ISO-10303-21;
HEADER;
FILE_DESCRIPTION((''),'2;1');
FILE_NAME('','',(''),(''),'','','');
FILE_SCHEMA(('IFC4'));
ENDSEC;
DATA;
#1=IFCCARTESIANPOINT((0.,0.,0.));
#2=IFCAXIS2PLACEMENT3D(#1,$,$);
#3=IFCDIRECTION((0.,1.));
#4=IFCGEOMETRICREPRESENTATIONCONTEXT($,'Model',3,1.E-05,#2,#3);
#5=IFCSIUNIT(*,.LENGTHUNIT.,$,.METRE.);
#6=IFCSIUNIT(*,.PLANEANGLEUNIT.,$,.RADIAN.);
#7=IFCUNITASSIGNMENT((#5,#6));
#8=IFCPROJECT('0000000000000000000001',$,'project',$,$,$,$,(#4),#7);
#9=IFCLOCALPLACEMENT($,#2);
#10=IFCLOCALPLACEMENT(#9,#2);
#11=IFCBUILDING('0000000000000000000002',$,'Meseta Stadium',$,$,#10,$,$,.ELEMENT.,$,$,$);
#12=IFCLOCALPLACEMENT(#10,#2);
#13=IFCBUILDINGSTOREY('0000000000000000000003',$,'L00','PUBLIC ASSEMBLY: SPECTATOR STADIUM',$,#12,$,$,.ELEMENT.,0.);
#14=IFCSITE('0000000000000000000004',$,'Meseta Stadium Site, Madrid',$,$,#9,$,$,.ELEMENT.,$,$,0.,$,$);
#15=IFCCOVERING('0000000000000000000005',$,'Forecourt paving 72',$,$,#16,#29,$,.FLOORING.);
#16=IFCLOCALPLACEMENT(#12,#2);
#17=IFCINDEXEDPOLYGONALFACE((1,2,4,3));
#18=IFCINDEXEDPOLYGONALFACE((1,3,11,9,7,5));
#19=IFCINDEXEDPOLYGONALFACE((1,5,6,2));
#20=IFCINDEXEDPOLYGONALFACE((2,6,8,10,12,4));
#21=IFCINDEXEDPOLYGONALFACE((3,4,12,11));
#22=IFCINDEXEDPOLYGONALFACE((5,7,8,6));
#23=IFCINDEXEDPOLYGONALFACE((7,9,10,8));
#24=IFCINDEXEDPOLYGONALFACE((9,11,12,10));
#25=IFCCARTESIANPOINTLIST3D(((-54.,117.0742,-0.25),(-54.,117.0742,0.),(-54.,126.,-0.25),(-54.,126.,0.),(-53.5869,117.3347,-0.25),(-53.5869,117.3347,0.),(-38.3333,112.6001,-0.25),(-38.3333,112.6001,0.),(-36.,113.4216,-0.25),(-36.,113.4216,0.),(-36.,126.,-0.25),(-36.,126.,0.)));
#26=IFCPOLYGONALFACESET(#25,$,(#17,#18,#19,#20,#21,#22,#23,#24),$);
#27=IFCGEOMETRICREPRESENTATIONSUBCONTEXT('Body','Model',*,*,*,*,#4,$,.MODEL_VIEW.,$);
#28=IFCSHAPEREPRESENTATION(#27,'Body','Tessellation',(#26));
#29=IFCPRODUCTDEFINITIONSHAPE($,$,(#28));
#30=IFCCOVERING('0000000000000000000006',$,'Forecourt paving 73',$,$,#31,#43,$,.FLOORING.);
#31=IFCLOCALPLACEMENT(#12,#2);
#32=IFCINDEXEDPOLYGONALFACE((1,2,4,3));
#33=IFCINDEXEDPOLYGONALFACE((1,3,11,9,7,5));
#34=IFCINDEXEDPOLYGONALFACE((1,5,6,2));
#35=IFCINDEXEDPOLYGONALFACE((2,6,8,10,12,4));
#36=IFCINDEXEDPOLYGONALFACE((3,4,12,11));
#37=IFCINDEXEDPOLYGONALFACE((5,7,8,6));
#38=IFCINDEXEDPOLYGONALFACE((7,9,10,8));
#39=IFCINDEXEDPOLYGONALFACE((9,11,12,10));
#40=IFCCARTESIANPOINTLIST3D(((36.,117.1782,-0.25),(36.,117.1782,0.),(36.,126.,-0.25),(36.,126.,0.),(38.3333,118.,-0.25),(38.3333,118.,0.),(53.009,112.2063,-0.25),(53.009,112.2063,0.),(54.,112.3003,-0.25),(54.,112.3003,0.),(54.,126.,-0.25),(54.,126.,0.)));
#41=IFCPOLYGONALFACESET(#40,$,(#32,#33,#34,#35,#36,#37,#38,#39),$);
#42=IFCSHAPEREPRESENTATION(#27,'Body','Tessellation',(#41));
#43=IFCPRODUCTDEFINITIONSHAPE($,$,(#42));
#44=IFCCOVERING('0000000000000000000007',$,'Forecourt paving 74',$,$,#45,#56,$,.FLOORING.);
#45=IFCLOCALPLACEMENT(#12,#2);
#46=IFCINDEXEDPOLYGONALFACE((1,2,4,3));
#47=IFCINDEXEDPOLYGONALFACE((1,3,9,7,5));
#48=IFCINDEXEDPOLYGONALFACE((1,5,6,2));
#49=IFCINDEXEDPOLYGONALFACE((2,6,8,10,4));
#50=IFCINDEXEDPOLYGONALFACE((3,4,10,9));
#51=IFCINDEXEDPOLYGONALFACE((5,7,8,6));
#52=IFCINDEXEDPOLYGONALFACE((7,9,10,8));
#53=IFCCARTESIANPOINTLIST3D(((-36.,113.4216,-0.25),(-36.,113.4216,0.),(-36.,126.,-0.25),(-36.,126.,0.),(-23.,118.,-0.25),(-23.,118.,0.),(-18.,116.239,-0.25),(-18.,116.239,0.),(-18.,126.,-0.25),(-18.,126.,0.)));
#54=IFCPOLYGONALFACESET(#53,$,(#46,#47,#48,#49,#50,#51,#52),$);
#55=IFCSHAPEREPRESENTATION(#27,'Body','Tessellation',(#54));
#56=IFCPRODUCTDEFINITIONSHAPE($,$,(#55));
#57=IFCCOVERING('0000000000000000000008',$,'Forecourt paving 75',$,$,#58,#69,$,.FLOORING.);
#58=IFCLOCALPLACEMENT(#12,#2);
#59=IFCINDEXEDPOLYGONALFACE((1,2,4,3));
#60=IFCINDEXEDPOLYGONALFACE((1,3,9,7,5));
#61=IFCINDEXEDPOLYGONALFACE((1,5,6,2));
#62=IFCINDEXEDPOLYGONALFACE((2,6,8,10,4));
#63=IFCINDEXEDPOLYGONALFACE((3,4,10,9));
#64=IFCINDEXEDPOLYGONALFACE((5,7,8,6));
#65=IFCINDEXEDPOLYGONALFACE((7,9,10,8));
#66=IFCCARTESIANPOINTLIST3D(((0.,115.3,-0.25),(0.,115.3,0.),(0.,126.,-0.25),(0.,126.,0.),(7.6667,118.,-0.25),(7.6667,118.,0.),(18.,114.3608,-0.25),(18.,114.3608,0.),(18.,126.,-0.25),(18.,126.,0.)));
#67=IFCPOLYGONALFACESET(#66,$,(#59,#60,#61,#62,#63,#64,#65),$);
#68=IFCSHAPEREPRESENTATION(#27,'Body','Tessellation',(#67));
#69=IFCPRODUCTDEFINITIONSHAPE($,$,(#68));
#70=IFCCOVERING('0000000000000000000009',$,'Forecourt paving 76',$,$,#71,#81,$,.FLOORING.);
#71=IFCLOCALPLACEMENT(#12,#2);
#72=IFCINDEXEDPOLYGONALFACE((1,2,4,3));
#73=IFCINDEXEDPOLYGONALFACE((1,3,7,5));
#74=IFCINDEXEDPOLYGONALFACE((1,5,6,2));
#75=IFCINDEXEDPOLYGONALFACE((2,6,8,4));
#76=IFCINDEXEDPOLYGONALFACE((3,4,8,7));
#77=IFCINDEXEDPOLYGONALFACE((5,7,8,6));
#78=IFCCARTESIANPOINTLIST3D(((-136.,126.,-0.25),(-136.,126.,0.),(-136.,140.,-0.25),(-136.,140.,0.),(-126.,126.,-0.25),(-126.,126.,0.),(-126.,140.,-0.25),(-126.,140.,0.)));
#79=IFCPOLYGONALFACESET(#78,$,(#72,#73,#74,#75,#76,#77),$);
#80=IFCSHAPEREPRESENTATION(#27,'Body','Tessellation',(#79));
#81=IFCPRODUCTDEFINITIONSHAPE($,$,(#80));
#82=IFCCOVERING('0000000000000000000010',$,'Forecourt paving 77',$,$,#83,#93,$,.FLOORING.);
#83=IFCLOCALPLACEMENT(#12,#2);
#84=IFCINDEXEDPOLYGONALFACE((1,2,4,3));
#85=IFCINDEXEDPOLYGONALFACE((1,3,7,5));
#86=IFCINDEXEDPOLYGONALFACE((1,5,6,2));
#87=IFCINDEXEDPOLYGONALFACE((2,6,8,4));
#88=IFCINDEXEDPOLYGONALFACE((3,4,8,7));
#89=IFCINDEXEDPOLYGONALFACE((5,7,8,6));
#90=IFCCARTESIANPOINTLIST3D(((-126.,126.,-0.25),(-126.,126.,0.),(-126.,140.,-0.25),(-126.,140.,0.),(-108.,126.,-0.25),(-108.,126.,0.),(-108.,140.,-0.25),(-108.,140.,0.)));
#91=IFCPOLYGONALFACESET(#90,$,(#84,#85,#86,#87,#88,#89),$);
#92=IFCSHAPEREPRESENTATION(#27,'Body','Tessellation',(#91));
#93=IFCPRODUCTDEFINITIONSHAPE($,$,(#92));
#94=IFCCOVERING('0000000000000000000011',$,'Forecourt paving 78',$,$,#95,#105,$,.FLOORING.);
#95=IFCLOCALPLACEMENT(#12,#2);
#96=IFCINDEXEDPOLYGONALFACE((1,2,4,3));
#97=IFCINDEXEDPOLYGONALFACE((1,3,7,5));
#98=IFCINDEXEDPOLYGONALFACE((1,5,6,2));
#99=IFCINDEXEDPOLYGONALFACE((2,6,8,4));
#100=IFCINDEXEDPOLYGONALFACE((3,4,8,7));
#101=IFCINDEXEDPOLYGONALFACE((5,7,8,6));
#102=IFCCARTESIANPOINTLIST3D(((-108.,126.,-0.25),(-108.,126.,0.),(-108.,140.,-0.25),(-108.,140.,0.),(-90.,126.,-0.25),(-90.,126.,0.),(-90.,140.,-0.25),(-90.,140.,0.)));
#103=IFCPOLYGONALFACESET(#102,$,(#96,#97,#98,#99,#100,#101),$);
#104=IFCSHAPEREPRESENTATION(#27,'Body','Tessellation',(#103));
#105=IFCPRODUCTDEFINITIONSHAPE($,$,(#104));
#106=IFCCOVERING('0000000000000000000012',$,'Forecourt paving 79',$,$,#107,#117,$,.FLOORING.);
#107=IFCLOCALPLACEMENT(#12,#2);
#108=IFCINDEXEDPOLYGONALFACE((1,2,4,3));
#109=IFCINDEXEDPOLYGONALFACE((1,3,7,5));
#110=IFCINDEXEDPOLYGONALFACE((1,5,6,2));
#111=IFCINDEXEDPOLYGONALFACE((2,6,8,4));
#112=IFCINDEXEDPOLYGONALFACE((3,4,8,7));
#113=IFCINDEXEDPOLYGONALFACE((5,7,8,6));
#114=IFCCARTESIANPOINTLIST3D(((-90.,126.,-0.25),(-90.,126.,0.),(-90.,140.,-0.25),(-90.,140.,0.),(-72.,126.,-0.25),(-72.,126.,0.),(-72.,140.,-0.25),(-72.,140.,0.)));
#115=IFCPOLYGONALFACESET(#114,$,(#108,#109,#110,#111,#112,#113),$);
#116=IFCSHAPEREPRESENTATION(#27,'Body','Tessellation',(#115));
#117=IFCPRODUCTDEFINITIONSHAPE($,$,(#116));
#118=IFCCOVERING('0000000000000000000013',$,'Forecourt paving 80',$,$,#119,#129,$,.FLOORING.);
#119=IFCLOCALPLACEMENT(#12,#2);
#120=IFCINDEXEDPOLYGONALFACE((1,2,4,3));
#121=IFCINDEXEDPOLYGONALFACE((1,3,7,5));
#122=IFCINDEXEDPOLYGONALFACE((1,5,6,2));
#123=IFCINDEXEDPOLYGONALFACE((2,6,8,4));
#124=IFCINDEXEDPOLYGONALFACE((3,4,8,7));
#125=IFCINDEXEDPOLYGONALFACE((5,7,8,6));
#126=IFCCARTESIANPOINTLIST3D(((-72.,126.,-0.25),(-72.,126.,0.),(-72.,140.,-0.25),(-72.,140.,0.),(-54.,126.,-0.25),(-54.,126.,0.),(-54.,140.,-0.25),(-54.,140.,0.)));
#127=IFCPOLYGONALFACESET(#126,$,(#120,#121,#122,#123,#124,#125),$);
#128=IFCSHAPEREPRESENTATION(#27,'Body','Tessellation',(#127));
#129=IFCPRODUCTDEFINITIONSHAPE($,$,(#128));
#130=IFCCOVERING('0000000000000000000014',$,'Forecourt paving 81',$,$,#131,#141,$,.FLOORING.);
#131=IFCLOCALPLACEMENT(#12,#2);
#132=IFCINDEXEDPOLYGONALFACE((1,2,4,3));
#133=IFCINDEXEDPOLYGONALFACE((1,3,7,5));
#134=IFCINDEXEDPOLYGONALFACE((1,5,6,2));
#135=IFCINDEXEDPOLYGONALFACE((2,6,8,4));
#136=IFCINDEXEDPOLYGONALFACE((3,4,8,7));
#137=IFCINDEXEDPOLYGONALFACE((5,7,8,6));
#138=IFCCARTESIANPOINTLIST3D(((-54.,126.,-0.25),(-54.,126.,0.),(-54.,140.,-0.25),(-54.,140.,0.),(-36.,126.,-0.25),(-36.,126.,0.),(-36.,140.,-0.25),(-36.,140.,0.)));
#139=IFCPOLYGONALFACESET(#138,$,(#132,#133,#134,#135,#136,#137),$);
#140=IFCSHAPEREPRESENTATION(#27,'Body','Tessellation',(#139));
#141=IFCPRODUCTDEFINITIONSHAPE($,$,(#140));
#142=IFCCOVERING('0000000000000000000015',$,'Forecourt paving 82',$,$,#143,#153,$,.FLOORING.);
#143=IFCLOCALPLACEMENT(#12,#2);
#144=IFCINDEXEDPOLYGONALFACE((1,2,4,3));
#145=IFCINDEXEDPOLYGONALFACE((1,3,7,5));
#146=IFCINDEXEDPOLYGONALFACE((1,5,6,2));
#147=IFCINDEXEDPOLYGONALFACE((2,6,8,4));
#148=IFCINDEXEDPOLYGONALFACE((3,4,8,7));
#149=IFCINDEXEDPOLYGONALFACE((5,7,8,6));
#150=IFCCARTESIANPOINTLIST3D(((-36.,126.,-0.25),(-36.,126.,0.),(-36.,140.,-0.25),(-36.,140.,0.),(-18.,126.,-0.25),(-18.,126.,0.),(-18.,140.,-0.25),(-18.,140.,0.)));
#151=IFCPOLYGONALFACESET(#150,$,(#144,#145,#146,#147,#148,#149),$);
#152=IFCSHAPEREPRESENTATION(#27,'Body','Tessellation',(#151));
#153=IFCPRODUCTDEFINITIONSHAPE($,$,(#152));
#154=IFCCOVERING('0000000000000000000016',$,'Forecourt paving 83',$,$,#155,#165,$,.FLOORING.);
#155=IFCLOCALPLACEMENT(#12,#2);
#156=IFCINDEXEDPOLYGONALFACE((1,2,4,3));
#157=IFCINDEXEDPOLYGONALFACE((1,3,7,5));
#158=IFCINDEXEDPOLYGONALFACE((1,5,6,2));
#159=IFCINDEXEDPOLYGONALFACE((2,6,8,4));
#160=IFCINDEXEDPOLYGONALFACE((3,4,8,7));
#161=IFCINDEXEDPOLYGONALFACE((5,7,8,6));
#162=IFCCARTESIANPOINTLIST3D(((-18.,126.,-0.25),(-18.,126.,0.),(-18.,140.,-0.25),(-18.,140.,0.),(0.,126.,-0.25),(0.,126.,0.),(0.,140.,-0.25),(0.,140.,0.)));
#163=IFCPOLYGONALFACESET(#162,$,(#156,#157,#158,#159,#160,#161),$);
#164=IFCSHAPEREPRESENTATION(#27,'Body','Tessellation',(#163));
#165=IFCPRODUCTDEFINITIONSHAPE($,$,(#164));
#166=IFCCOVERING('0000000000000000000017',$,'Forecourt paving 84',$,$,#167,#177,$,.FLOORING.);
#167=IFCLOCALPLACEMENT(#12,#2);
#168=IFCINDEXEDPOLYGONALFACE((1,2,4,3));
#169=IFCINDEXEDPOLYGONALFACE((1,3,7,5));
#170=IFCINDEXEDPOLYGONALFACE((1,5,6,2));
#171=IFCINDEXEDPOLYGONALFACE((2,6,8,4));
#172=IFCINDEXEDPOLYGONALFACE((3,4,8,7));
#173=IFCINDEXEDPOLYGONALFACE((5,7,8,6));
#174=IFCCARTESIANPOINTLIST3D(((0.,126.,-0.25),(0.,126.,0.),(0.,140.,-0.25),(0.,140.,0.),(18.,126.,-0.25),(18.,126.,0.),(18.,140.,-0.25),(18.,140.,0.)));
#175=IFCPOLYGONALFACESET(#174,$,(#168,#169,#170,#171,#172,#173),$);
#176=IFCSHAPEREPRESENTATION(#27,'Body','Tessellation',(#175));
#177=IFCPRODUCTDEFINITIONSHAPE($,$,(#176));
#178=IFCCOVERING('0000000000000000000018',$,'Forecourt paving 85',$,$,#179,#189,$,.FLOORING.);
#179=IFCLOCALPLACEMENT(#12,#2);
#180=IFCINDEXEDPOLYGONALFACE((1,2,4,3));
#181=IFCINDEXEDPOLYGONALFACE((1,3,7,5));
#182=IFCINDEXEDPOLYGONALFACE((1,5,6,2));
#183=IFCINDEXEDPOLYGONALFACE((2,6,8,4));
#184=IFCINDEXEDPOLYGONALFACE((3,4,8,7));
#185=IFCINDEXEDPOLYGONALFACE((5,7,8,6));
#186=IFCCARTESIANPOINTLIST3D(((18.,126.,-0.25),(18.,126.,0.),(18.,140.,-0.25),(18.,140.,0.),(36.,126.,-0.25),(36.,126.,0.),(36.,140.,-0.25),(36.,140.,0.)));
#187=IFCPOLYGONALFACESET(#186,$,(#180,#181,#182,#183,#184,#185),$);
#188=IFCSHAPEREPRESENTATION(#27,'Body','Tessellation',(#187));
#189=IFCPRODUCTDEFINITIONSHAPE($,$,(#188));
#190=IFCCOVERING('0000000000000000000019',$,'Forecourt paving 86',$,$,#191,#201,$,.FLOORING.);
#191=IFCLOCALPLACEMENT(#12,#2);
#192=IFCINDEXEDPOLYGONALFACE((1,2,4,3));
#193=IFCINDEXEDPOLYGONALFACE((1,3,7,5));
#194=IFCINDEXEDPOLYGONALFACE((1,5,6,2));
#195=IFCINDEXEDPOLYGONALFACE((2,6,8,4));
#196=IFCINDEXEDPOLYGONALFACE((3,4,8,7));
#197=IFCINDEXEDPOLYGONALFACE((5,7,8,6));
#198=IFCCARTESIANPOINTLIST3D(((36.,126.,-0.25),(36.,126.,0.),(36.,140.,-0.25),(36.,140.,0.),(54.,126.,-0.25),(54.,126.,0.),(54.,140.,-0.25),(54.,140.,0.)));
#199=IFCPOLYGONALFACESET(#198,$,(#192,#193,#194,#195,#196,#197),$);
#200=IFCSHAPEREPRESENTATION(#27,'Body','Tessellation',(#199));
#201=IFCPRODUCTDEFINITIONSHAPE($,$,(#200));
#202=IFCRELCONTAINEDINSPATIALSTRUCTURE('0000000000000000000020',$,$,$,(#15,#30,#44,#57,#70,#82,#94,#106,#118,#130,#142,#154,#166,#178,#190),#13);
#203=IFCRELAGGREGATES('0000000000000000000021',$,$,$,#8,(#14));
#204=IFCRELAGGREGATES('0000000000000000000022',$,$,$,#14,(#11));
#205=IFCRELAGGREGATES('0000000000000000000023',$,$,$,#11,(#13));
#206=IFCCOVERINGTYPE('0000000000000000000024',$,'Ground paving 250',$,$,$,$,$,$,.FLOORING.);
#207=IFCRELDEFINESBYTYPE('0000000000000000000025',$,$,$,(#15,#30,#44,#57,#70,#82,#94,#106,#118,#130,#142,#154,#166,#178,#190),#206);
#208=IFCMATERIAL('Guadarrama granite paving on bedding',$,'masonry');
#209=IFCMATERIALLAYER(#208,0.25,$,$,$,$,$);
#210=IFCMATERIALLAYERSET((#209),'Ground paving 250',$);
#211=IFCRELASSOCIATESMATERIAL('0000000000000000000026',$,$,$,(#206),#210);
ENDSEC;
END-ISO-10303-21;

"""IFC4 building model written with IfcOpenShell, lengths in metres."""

from ifc_helpers import new_model, si_unit, direction, frame, origin, place, context, subcontext, project, spatial, polyline, outline, extrude, material, layer, layer_set, type_object, element, save


model = new_model("IFC4")

# Units and contexts
model_context = context("Model", 3, precision=1e-05, world=origin(), true_north=direction((0.0, 1.0)))
body_context = subcontext(model_context, "Body", "Model", "MODEL_VIEW")
ifc_project = project(units=[si_unit("LENGTHUNIT", "METRE"), si_unit("PLANEANGLEUNIT", "RADIAN")], contexts=[model_context])

# Site, building, storey
site_placement = place(None, origin())
site = spatial("IfcSite", under=ifc_project, at=site_placement, Name="Meseta Stadium Site, Madrid", CompositionType="ELEMENT", RefElevation=0.0)
building_placement = place(site_placement, origin())
building = spatial("IfcBuilding", under=site, at=building_placement, Name="Meseta Stadium", CompositionType="ELEMENT")
storey_placement = place(building_placement, origin())
storey = spatial("IfcBuildingStorey", under=building, at=storey_placement, Name="L00", Description="PUBLIC ASSEMBLY: SPECTATOR STADIUM", CompositionType="ELEMENT", Elevation=0.0)

# Coverings
ifc_material_1 = material(Name="Guadarrama granite paving on bedding", Category="masonry")
ifc_layer_1 = layer(ifc_material_1, 0.25)
ifc_layer_set_1 = layer_set([ifc_layer_1], Name="Ground paving 250")
covering_type = type_object("IfcCoveringType", Name="Ground paving 250", PredefinedType="FLOORING", material=ifc_layer_set_1)
covering_1_placement = place(storey_placement, frame((0.0, 0.0, -0.25)))
element("IfcCovering", 1, at=covering_1_placement, inside=storey, type_object=covering_type, Name="Forecourt paving 72", PredefinedType="FLOORING", context=body_context, shape_type="SweptSolid", body=[
    extrude(outline(polyline([(-54.0, 117.0742), (-53.5869, 117.3347), (-38.3333, 112.6001), (-36.0, 113.4216), (-36.0, 126.0), (-54.0, 126.0), (-54.0, 117.0742)])), origin(), (0.0, 0.0, 1.0), 0.25),
])
covering_2_placement = place(storey_placement, frame((0.0, 0.0, -0.25)))
element("IfcCovering", 2, at=covering_2_placement, inside=storey, type_object=covering_type, Name="Forecourt paving 73", PredefinedType="FLOORING", context=body_context, shape_type="SweptSolid", body=[
    extrude(outline(polyline([(36.0, 117.1782), (38.3333, 118.0), (53.009, 112.2063), (54.0, 112.3003), (54.0, 126.0), (36.0, 126.0), (36.0, 117.1782)])), origin(), (0.0, 0.0, 1.0), 0.25),
])
covering_3_placement = place(storey_placement, frame((0.0, 0.0, -0.25)))
element("IfcCovering", 3, at=covering_3_placement, inside=storey, type_object=covering_type, Name="Forecourt paving 74", PredefinedType="FLOORING", context=body_context, shape_type="SweptSolid", body=[
    extrude(outline(polyline([(-36.0, 113.4216), (-23.0, 118.0), (-18.0, 116.239), (-18.0, 126.0), (-36.0, 126.0), (-36.0, 113.4216)])), origin(), (0.0, 0.0, 1.0), 0.25),
])
covering_4_placement = place(storey_placement, frame((0.0, 0.0, -0.25)))
element("IfcCovering", 4, at=covering_4_placement, inside=storey, type_object=covering_type, Name="Forecourt paving 75", PredefinedType="FLOORING", context=body_context, shape_type="SweptSolid", body=[
    extrude(outline(polyline([(0.0, 115.3), (7.6667, 118.0), (18.0, 114.3608), (18.0, 126.0), (0.0, 126.0), (0.0, 115.3)])), origin(), (0.0, 0.0, 1.0), 0.25),
])
covering_5_placement = place(storey_placement, frame((0.0, 0.0, -0.25)))
element("IfcCovering", 5, at=covering_5_placement, inside=storey, type_object=covering_type, Name="Forecourt paving 76", PredefinedType="FLOORING", context=body_context, shape_type="SweptSolid", body=[
    extrude(outline(polyline([(-126.0, 140.0), (-136.0, 140.0), (-136.0, 126.0), (-126.0, 126.0), (-126.0, 140.0)])), origin(), (0.0, 0.0, 1.0), 0.25),
])
covering_6_placement = place(storey_placement, frame((0.0, 0.0, -0.25)))
element("IfcCovering", 6, at=covering_6_placement, inside=storey, type_object=covering_type, Name="Forecourt paving 77", PredefinedType="FLOORING", context=body_context, shape_type="SweptSolid", body=[
    extrude(outline(polyline([(-108.0, 140.0), (-126.0, 140.0), (-126.0, 126.0), (-108.0, 126.0), (-108.0, 140.0)])), origin(), (0.0, 0.0, 1.0), 0.25),
])
covering_7_placement = place(storey_placement, frame((0.0, 0.0, -0.25)))
element("IfcCovering", 7, at=covering_7_placement, inside=storey, type_object=covering_type, Name="Forecourt paving 78", PredefinedType="FLOORING", context=body_context, shape_type="SweptSolid", body=[
    extrude(outline(polyline([(-90.0, 140.0), (-108.0, 140.0), (-108.0, 126.0), (-90.0, 126.0), (-90.0, 140.0)])), origin(), (0.0, 0.0, 1.0), 0.25),
])
covering_8_placement = place(storey_placement, frame((0.0, 0.0, -0.25)))
element("IfcCovering", 8, at=covering_8_placement, inside=storey, type_object=covering_type, Name="Forecourt paving 79", PredefinedType="FLOORING", context=body_context, shape_type="SweptSolid", body=[
    extrude(outline(polyline([(-72.0, 140.0), (-90.0, 140.0), (-90.0, 126.0), (-72.0, 126.0), (-72.0, 140.0)])), origin(), (0.0, 0.0, 1.0), 0.25),
])
covering_9_placement = place(storey_placement, frame((0.0, 0.0, -0.25)))
element("IfcCovering", 9, at=covering_9_placement, inside=storey, type_object=covering_type, Name="Forecourt paving 80", PredefinedType="FLOORING", context=body_context, shape_type="SweptSolid", body=[
    extrude(outline(polyline([(-54.0, 140.0), (-72.0, 140.0), (-72.0, 126.0), (-54.0, 126.0), (-54.0, 140.0)])), origin(), (0.0, 0.0, 1.0), 0.25),
])
covering_10_placement = place(storey_placement, frame((0.0, 0.0, -0.25)))
element("IfcCovering", 10, at=covering_10_placement, inside=storey, type_object=covering_type, Name="Forecourt paving 81", PredefinedType="FLOORING", context=body_context, shape_type="SweptSolid", body=[
    extrude(outline(polyline([(-36.0, 140.0), (-54.0, 140.0), (-54.0, 126.0), (-36.0, 126.0), (-36.0, 140.0)])), origin(), (0.0, 0.0, 1.0), 0.25),
])
covering_11_placement = place(storey_placement, frame((0.0, 0.0, -0.25)))
element("IfcCovering", 11, at=covering_11_placement, inside=storey, type_object=covering_type, Name="Forecourt paving 82", PredefinedType="FLOORING", context=body_context, shape_type="SweptSolid", body=[
    extrude(outline(polyline([(-18.0, 140.0), (-36.0, 140.0), (-36.0, 126.0), (-18.0, 126.0), (-18.0, 140.0)])), origin(), (0.0, 0.0, 1.0), 0.25),
])
covering_12_placement = place(storey_placement, frame((0.0, 0.0, -0.25)))
element("IfcCovering", 12, at=covering_12_placement, inside=storey, type_object=covering_type, Name="Forecourt paving 83", PredefinedType="FLOORING", context=body_context, shape_type="SweptSolid", body=[
    extrude(outline(polyline([(0.0, 140.0), (-18.0, 140.0), (-18.0, 126.0), (0.0, 126.0), (0.0, 140.0)])), origin(), (0.0, 0.0, 1.0), 0.25),
])
covering_13_placement = place(storey_placement, frame((0.0, 0.0, -0.25)))
element("IfcCovering", 13, at=covering_13_placement, inside=storey, type_object=covering_type, Name="Forecourt paving 84", PredefinedType="FLOORING", context=body_context, shape_type="SweptSolid", body=[
    extrude(outline(polyline([(18.0, 140.0), (0.0, 140.0), (0.0, 126.0), (18.0, 126.0), (18.0, 140.0)])), origin(), (0.0, 0.0, 1.0), 0.25),
])
covering_14_placement = place(storey_placement, frame((0.0, 0.0, -0.25)))
element("IfcCovering", 14, at=covering_14_placement, inside=storey, type_object=covering_type, Name="Forecourt paving 85", PredefinedType="FLOORING", context=body_context, shape_type="SweptSolid", body=[
    extrude(outline(polyline([(36.0, 140.0), (18.0, 140.0), (18.0, 126.0), (36.0, 126.0), (36.0, 140.0)])), origin(), (0.0, 0.0, 1.0), 0.25),
])
covering_15_placement = place(storey_placement, frame((0.0, 0.0, -0.25)))
element("IfcCovering", 15, at=covering_15_placement, inside=storey, type_object=covering_type, Name="Forecourt paving 86", PredefinedType="FLOORING", context=body_context, shape_type="SweptSolid", body=[
    extrude(outline(polyline([(54.0, 140.0), (36.0, 140.0), (36.0, 126.0), (54.0, 126.0), (54.0, 140.0)])), origin(), (0.0, 0.0, 1.0), 0.25),
])

save(model, "model.ifc")
